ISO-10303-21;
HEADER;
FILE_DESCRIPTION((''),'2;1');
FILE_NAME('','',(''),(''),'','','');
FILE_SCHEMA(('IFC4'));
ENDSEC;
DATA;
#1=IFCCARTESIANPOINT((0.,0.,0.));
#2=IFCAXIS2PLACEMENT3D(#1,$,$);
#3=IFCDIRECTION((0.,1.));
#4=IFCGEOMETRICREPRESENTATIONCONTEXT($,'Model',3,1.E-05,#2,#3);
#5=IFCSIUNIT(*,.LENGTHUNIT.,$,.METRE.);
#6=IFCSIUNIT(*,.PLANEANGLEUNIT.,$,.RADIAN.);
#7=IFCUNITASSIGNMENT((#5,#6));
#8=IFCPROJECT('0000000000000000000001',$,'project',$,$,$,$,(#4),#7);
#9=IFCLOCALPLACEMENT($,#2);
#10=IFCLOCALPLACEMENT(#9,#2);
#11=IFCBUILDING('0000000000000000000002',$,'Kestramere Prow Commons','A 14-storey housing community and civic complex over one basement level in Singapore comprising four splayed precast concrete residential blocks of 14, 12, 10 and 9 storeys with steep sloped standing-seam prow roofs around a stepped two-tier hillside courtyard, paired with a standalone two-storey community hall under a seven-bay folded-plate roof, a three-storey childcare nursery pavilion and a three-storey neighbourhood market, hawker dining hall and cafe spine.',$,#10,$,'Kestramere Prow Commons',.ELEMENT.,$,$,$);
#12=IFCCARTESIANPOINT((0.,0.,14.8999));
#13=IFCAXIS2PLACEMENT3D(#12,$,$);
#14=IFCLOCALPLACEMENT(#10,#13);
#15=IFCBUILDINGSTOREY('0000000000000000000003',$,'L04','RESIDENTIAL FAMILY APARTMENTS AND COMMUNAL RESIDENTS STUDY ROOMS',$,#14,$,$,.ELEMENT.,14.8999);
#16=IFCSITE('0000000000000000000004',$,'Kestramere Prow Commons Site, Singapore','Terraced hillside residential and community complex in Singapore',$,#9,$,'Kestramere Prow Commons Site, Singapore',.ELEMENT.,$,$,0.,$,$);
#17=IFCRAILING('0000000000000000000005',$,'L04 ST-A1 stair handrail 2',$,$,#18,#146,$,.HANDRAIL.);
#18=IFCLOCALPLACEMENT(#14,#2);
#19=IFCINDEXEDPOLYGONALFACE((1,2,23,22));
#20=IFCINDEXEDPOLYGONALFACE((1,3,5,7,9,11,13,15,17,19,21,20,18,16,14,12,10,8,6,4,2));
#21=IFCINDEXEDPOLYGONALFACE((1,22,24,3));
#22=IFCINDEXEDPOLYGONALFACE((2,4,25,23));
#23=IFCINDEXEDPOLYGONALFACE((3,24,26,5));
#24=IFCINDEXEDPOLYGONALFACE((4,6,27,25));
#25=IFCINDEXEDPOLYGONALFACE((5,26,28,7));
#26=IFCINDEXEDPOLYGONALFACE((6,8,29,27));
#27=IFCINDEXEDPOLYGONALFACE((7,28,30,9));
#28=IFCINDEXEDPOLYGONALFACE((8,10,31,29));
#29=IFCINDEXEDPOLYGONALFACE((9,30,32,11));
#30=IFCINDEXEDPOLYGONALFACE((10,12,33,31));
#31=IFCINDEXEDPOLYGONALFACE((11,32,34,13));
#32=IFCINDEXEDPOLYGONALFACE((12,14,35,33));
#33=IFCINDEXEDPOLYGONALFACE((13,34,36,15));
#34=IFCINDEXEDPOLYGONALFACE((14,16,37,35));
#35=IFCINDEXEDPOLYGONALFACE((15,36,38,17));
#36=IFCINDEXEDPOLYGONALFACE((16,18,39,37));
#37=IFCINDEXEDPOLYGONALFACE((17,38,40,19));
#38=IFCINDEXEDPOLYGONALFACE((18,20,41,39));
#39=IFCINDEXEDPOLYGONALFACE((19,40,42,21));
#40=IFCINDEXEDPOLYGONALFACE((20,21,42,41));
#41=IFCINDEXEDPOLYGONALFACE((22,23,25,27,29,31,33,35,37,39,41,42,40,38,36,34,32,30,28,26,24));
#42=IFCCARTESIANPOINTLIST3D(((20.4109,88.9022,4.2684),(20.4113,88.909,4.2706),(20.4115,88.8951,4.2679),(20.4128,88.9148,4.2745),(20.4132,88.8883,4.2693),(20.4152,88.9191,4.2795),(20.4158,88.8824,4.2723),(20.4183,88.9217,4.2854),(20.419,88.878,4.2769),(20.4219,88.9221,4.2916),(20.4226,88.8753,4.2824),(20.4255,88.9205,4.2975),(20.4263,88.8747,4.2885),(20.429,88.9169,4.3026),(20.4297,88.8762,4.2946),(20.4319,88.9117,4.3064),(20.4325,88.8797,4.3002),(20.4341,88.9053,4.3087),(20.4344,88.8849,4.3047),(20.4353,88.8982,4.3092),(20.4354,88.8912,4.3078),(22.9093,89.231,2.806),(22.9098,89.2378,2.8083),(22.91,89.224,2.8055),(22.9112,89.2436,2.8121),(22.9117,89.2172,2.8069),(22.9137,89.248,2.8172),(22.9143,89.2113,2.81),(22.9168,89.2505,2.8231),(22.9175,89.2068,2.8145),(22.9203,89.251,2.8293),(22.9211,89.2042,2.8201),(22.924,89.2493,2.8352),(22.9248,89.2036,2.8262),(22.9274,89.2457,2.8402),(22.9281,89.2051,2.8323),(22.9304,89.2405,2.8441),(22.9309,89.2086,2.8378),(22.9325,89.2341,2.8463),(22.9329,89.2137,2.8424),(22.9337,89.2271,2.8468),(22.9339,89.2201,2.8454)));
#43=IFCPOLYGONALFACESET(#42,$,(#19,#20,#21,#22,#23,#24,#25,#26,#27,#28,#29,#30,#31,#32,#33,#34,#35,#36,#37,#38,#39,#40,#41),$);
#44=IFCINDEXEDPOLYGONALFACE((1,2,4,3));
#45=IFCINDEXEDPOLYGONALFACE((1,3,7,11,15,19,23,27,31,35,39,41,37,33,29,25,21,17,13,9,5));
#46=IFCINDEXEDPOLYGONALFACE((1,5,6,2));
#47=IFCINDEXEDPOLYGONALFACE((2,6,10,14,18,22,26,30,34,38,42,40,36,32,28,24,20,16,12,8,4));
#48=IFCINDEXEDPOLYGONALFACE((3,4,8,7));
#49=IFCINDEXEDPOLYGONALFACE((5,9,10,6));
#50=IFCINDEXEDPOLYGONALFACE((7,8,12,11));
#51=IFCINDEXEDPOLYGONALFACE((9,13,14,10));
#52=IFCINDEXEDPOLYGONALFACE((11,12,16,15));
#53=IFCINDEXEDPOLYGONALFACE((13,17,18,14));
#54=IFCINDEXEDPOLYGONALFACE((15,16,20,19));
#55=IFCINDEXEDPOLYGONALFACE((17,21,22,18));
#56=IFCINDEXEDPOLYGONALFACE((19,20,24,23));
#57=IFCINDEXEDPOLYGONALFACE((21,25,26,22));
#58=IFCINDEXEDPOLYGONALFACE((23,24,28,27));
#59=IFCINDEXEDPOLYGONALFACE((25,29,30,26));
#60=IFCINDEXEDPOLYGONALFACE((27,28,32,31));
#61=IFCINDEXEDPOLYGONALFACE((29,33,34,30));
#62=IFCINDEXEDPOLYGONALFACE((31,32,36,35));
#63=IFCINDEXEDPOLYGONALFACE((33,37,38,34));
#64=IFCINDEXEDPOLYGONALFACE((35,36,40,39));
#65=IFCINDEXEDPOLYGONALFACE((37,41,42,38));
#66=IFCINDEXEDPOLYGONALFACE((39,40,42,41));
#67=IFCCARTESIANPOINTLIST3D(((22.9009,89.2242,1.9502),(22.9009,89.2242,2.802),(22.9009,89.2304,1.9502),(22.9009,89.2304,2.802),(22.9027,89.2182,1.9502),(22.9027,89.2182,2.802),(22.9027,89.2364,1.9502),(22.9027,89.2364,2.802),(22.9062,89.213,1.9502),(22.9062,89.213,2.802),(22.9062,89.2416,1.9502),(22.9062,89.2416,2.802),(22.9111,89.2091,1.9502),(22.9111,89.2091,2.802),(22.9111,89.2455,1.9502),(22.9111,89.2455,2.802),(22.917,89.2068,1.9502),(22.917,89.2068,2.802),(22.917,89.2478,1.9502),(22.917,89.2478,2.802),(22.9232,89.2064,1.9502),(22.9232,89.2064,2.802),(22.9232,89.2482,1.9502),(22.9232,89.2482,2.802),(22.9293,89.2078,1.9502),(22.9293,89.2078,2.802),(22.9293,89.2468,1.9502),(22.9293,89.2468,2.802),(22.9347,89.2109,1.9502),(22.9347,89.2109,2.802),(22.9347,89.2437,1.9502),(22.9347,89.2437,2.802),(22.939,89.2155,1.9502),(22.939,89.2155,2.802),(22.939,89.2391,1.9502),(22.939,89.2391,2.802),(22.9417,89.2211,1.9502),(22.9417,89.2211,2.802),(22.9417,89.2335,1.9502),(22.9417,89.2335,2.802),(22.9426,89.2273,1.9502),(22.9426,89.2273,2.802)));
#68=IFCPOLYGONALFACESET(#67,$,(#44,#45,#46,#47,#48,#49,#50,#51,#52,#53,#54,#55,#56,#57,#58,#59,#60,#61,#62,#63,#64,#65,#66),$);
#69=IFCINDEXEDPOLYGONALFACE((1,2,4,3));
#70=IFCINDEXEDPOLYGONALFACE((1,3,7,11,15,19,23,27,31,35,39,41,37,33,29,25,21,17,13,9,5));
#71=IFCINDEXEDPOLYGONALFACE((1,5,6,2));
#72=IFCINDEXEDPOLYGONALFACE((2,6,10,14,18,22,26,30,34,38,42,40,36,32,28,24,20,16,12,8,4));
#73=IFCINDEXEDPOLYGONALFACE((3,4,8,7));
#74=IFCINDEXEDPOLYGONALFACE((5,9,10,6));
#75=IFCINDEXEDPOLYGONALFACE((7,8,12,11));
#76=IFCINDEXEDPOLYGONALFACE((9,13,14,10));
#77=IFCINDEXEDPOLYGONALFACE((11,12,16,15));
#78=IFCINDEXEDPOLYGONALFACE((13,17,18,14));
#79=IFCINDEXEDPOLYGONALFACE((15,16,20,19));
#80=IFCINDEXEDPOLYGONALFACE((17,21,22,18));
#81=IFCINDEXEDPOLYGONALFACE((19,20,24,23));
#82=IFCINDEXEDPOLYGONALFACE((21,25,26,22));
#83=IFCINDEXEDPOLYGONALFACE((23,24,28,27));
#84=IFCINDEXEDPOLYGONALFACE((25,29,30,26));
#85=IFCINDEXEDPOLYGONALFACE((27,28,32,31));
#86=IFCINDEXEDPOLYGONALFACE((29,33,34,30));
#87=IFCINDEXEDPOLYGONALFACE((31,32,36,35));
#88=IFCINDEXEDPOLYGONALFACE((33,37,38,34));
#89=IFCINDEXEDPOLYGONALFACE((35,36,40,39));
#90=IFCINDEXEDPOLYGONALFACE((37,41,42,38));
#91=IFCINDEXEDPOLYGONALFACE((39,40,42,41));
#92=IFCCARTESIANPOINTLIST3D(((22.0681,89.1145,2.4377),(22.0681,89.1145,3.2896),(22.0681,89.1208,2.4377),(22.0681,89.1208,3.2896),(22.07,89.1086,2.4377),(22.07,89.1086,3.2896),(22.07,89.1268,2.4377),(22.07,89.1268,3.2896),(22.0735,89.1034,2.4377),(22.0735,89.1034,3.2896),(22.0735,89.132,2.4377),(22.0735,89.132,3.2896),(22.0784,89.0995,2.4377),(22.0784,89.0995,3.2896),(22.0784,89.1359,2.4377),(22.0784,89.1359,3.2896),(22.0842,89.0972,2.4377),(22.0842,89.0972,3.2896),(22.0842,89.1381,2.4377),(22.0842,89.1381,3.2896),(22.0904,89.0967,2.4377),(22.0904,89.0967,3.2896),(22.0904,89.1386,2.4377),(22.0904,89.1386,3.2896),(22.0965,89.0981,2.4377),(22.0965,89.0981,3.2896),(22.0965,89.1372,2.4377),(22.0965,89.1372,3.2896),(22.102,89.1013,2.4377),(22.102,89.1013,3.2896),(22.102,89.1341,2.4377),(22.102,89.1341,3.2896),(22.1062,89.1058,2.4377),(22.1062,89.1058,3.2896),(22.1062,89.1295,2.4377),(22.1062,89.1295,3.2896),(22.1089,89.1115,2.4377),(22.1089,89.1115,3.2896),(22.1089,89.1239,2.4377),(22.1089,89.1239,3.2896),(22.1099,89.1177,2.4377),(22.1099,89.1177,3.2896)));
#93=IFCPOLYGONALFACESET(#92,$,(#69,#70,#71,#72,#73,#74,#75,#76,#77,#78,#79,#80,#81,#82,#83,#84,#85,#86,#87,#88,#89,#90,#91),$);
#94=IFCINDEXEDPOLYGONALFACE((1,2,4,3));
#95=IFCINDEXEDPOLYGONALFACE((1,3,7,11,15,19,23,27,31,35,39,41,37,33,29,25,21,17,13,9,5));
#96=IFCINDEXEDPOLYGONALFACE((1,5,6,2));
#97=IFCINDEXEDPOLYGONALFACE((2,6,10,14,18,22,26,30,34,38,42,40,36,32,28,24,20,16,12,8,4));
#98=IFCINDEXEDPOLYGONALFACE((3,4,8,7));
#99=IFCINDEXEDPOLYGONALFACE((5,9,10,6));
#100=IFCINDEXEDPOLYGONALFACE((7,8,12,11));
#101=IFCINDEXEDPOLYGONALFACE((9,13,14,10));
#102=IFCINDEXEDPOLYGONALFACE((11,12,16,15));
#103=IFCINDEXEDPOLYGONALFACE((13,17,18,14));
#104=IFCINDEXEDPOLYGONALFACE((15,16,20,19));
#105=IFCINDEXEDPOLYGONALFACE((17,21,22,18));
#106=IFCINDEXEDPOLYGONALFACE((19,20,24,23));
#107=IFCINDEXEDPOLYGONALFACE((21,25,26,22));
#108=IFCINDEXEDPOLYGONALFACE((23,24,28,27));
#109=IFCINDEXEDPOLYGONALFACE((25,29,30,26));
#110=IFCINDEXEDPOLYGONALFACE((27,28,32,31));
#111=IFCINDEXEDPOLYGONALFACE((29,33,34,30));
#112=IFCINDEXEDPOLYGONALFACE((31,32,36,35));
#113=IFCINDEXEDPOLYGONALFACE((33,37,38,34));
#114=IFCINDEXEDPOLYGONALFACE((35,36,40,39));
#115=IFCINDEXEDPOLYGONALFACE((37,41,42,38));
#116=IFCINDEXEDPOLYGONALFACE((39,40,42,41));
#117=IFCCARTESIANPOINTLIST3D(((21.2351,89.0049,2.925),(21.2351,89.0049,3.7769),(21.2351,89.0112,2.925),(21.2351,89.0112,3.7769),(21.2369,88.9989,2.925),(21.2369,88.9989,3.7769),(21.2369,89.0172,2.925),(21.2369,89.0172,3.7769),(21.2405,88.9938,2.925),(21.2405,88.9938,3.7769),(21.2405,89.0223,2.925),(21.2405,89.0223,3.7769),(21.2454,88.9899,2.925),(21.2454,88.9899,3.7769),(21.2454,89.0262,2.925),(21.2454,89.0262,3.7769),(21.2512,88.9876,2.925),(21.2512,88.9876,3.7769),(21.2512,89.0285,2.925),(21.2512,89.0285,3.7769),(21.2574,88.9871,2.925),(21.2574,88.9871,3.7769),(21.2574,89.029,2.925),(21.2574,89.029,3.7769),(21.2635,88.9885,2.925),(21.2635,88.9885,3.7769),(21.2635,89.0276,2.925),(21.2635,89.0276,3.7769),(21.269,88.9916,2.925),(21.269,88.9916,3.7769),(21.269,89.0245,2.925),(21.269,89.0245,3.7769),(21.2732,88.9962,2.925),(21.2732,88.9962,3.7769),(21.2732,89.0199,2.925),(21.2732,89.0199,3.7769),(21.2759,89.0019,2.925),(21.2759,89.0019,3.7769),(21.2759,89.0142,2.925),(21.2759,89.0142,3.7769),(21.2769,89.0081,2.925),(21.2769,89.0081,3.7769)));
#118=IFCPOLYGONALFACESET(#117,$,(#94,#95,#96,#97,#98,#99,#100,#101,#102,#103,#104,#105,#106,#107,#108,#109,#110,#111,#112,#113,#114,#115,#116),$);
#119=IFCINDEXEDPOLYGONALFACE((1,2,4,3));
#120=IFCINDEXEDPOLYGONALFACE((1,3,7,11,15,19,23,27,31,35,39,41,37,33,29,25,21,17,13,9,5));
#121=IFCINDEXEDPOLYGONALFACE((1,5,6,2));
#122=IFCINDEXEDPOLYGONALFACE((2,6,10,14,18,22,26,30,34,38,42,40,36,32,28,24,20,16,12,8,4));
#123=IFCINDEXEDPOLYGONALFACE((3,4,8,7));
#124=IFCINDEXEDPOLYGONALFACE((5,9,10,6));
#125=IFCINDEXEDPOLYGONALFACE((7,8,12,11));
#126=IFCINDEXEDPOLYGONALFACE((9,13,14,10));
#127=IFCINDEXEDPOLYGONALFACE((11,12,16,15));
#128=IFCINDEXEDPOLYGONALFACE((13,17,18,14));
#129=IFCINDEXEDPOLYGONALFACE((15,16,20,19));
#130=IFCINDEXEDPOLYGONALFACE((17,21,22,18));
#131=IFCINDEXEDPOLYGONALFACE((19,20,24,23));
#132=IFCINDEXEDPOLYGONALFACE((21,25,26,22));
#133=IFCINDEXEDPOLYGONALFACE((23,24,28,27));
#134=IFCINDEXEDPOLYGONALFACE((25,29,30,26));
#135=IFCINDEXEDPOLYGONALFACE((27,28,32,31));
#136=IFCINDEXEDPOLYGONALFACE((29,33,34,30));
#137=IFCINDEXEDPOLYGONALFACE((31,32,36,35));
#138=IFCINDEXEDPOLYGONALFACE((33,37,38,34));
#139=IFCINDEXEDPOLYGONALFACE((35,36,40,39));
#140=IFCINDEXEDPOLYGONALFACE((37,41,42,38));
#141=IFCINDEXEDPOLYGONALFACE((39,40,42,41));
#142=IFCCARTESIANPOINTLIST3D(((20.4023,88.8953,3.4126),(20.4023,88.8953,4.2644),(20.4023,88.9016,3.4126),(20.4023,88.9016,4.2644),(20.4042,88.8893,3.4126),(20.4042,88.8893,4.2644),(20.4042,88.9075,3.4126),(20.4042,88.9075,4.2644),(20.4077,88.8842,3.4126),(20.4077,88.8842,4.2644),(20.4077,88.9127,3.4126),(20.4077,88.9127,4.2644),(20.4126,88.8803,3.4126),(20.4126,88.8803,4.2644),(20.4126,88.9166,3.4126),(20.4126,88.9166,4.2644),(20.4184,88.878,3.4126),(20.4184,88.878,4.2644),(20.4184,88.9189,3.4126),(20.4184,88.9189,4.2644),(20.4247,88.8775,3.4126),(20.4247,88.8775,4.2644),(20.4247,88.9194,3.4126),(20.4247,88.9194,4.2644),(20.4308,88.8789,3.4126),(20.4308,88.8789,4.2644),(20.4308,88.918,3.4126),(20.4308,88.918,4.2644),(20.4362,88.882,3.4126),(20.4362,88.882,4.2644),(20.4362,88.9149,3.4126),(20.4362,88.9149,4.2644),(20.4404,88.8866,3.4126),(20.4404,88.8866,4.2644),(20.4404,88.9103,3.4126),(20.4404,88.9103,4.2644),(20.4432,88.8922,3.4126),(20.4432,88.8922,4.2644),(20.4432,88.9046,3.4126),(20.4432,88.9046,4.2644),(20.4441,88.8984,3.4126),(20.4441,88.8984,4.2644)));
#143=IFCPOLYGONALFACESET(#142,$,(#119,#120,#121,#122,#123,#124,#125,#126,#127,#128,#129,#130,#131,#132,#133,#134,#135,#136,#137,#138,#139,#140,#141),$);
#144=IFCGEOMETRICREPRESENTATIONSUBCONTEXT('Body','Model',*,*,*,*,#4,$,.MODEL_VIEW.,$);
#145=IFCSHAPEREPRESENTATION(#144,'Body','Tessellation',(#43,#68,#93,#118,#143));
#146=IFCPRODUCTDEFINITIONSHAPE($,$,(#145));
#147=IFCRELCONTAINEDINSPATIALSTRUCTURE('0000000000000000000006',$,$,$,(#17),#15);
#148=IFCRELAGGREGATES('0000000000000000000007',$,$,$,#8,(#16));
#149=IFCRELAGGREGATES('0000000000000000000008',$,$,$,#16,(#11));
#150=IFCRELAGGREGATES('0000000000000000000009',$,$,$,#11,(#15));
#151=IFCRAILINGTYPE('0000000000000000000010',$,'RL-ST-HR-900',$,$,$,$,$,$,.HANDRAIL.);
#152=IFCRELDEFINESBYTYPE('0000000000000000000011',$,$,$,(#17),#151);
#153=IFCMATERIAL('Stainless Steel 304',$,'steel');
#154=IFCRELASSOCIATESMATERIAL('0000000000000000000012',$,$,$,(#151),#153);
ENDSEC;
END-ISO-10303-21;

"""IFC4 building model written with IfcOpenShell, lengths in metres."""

from ifc_helpers import new_model, si_unit, direction, frame, origin, origin_2d, place, context, subcontext, project, spatial, circle, extrude, material, type_object, element, save


model = new_model("IFC4")

# Units and contexts
model_context = context("Model", 3, precision=1e-05, world=origin(), true_north=direction((0.0, 1.0)))
body_context = subcontext(model_context, "Body", "Model", "MODEL_VIEW")
ifc_project = project(units=[si_unit("LENGTHUNIT", "METRE"), si_unit("PLANEANGLEUNIT", "RADIAN")], contexts=[model_context])

# Site, building, storey
site_placement = place(None, origin())
site = spatial("IfcSite", under=ifc_project, at=site_placement, Name="Kestramere Prow Commons Site, Singapore", Description="Terraced hillside residential and community complex in Singapore", LongName="Kestramere Prow Commons Site, Singapore", CompositionType="ELEMENT", RefElevation=0.0)
building_placement = place(site_placement, origin())
building = spatial("IfcBuilding", under=site, at=building_placement, Name="Kestramere Prow Commons", Description="A 14-storey housing community and civic complex over one basement level in Singapore comprising four splayed precast concrete residential blocks of 14, 12, 10 and 9 storeys with steep sloped standing-seam prow roofs around a stepped two-tier hillside courtyard, paired with a standalone two-storey community hall under a seven-bay folded-plate roof, a three-storey childcare nursery pavilion and a three-storey neighbourhood market, hawker dining hall and cafe spine.", LongName="Kestramere Prow Commons", CompositionType="ELEMENT")
storey_placement = place(building_placement, frame((0.0, 0.0, 14.8999)))
storey = spatial("IfcBuildingStorey", under=building, at=storey_placement, Name="L04", Description="RESIDENTIAL FAMILY APARTMENTS AND COMMUNAL RESIDENTS STUDY ROOMS", CompositionType="ELEMENT", Elevation=14.8999)

# Railing
ifc_material_1 = material(Name="Stainless Steel 304", Category="steel")
railing_type_1 = type_object("IfcRailingType", Name="RL-ST-HR-900", PredefinedType="HANDRAIL", material=ifc_material_1)
railing_1_placement = place(storey_placement, frame((22.9216, 89.2273, 1.9502)))
element("IfcRailing", 1, at=railing_1_placement, inside=storey, type_object=railing_type_1, Name="L04 ST-A1 stair handrail 2", PredefinedType="HANDRAIL", context=body_context, shape_type="SweptSolid", body=[
    extrude(circle(Radius=0.0239, at=origin_2d()), frame((0.0, 0.0, 0.876), z_axis=(-0.857523, -0.112867, 0.501912), x_axis=(0.130495, -0.991449, 0.0)), (0.0, 0.0, 1.0), 2.9136),
    extrude(circle(Radius=0.021, at=origin_2d()), origin(), (0.0, 0.0, 1.0), 0.8518),
    extrude(circle(Radius=0.021, at=origin_2d()), frame((-0.8328, -0.1096, 0.4875)), (0.0, 0.0, 1.0), 0.8518),
    extrude(circle(Radius=0.021, at=origin_2d()), frame((-1.6658, -0.2192, 0.9749)), (0.0, 0.0, 1.0), 0.8518),
    extrude(circle(Radius=0.021, at=origin_2d()), frame((-2.4985, -0.3289, 1.4624)), (0.0, 0.0, 1.0), 0.8518),
])

save(model, "model.ifc")
